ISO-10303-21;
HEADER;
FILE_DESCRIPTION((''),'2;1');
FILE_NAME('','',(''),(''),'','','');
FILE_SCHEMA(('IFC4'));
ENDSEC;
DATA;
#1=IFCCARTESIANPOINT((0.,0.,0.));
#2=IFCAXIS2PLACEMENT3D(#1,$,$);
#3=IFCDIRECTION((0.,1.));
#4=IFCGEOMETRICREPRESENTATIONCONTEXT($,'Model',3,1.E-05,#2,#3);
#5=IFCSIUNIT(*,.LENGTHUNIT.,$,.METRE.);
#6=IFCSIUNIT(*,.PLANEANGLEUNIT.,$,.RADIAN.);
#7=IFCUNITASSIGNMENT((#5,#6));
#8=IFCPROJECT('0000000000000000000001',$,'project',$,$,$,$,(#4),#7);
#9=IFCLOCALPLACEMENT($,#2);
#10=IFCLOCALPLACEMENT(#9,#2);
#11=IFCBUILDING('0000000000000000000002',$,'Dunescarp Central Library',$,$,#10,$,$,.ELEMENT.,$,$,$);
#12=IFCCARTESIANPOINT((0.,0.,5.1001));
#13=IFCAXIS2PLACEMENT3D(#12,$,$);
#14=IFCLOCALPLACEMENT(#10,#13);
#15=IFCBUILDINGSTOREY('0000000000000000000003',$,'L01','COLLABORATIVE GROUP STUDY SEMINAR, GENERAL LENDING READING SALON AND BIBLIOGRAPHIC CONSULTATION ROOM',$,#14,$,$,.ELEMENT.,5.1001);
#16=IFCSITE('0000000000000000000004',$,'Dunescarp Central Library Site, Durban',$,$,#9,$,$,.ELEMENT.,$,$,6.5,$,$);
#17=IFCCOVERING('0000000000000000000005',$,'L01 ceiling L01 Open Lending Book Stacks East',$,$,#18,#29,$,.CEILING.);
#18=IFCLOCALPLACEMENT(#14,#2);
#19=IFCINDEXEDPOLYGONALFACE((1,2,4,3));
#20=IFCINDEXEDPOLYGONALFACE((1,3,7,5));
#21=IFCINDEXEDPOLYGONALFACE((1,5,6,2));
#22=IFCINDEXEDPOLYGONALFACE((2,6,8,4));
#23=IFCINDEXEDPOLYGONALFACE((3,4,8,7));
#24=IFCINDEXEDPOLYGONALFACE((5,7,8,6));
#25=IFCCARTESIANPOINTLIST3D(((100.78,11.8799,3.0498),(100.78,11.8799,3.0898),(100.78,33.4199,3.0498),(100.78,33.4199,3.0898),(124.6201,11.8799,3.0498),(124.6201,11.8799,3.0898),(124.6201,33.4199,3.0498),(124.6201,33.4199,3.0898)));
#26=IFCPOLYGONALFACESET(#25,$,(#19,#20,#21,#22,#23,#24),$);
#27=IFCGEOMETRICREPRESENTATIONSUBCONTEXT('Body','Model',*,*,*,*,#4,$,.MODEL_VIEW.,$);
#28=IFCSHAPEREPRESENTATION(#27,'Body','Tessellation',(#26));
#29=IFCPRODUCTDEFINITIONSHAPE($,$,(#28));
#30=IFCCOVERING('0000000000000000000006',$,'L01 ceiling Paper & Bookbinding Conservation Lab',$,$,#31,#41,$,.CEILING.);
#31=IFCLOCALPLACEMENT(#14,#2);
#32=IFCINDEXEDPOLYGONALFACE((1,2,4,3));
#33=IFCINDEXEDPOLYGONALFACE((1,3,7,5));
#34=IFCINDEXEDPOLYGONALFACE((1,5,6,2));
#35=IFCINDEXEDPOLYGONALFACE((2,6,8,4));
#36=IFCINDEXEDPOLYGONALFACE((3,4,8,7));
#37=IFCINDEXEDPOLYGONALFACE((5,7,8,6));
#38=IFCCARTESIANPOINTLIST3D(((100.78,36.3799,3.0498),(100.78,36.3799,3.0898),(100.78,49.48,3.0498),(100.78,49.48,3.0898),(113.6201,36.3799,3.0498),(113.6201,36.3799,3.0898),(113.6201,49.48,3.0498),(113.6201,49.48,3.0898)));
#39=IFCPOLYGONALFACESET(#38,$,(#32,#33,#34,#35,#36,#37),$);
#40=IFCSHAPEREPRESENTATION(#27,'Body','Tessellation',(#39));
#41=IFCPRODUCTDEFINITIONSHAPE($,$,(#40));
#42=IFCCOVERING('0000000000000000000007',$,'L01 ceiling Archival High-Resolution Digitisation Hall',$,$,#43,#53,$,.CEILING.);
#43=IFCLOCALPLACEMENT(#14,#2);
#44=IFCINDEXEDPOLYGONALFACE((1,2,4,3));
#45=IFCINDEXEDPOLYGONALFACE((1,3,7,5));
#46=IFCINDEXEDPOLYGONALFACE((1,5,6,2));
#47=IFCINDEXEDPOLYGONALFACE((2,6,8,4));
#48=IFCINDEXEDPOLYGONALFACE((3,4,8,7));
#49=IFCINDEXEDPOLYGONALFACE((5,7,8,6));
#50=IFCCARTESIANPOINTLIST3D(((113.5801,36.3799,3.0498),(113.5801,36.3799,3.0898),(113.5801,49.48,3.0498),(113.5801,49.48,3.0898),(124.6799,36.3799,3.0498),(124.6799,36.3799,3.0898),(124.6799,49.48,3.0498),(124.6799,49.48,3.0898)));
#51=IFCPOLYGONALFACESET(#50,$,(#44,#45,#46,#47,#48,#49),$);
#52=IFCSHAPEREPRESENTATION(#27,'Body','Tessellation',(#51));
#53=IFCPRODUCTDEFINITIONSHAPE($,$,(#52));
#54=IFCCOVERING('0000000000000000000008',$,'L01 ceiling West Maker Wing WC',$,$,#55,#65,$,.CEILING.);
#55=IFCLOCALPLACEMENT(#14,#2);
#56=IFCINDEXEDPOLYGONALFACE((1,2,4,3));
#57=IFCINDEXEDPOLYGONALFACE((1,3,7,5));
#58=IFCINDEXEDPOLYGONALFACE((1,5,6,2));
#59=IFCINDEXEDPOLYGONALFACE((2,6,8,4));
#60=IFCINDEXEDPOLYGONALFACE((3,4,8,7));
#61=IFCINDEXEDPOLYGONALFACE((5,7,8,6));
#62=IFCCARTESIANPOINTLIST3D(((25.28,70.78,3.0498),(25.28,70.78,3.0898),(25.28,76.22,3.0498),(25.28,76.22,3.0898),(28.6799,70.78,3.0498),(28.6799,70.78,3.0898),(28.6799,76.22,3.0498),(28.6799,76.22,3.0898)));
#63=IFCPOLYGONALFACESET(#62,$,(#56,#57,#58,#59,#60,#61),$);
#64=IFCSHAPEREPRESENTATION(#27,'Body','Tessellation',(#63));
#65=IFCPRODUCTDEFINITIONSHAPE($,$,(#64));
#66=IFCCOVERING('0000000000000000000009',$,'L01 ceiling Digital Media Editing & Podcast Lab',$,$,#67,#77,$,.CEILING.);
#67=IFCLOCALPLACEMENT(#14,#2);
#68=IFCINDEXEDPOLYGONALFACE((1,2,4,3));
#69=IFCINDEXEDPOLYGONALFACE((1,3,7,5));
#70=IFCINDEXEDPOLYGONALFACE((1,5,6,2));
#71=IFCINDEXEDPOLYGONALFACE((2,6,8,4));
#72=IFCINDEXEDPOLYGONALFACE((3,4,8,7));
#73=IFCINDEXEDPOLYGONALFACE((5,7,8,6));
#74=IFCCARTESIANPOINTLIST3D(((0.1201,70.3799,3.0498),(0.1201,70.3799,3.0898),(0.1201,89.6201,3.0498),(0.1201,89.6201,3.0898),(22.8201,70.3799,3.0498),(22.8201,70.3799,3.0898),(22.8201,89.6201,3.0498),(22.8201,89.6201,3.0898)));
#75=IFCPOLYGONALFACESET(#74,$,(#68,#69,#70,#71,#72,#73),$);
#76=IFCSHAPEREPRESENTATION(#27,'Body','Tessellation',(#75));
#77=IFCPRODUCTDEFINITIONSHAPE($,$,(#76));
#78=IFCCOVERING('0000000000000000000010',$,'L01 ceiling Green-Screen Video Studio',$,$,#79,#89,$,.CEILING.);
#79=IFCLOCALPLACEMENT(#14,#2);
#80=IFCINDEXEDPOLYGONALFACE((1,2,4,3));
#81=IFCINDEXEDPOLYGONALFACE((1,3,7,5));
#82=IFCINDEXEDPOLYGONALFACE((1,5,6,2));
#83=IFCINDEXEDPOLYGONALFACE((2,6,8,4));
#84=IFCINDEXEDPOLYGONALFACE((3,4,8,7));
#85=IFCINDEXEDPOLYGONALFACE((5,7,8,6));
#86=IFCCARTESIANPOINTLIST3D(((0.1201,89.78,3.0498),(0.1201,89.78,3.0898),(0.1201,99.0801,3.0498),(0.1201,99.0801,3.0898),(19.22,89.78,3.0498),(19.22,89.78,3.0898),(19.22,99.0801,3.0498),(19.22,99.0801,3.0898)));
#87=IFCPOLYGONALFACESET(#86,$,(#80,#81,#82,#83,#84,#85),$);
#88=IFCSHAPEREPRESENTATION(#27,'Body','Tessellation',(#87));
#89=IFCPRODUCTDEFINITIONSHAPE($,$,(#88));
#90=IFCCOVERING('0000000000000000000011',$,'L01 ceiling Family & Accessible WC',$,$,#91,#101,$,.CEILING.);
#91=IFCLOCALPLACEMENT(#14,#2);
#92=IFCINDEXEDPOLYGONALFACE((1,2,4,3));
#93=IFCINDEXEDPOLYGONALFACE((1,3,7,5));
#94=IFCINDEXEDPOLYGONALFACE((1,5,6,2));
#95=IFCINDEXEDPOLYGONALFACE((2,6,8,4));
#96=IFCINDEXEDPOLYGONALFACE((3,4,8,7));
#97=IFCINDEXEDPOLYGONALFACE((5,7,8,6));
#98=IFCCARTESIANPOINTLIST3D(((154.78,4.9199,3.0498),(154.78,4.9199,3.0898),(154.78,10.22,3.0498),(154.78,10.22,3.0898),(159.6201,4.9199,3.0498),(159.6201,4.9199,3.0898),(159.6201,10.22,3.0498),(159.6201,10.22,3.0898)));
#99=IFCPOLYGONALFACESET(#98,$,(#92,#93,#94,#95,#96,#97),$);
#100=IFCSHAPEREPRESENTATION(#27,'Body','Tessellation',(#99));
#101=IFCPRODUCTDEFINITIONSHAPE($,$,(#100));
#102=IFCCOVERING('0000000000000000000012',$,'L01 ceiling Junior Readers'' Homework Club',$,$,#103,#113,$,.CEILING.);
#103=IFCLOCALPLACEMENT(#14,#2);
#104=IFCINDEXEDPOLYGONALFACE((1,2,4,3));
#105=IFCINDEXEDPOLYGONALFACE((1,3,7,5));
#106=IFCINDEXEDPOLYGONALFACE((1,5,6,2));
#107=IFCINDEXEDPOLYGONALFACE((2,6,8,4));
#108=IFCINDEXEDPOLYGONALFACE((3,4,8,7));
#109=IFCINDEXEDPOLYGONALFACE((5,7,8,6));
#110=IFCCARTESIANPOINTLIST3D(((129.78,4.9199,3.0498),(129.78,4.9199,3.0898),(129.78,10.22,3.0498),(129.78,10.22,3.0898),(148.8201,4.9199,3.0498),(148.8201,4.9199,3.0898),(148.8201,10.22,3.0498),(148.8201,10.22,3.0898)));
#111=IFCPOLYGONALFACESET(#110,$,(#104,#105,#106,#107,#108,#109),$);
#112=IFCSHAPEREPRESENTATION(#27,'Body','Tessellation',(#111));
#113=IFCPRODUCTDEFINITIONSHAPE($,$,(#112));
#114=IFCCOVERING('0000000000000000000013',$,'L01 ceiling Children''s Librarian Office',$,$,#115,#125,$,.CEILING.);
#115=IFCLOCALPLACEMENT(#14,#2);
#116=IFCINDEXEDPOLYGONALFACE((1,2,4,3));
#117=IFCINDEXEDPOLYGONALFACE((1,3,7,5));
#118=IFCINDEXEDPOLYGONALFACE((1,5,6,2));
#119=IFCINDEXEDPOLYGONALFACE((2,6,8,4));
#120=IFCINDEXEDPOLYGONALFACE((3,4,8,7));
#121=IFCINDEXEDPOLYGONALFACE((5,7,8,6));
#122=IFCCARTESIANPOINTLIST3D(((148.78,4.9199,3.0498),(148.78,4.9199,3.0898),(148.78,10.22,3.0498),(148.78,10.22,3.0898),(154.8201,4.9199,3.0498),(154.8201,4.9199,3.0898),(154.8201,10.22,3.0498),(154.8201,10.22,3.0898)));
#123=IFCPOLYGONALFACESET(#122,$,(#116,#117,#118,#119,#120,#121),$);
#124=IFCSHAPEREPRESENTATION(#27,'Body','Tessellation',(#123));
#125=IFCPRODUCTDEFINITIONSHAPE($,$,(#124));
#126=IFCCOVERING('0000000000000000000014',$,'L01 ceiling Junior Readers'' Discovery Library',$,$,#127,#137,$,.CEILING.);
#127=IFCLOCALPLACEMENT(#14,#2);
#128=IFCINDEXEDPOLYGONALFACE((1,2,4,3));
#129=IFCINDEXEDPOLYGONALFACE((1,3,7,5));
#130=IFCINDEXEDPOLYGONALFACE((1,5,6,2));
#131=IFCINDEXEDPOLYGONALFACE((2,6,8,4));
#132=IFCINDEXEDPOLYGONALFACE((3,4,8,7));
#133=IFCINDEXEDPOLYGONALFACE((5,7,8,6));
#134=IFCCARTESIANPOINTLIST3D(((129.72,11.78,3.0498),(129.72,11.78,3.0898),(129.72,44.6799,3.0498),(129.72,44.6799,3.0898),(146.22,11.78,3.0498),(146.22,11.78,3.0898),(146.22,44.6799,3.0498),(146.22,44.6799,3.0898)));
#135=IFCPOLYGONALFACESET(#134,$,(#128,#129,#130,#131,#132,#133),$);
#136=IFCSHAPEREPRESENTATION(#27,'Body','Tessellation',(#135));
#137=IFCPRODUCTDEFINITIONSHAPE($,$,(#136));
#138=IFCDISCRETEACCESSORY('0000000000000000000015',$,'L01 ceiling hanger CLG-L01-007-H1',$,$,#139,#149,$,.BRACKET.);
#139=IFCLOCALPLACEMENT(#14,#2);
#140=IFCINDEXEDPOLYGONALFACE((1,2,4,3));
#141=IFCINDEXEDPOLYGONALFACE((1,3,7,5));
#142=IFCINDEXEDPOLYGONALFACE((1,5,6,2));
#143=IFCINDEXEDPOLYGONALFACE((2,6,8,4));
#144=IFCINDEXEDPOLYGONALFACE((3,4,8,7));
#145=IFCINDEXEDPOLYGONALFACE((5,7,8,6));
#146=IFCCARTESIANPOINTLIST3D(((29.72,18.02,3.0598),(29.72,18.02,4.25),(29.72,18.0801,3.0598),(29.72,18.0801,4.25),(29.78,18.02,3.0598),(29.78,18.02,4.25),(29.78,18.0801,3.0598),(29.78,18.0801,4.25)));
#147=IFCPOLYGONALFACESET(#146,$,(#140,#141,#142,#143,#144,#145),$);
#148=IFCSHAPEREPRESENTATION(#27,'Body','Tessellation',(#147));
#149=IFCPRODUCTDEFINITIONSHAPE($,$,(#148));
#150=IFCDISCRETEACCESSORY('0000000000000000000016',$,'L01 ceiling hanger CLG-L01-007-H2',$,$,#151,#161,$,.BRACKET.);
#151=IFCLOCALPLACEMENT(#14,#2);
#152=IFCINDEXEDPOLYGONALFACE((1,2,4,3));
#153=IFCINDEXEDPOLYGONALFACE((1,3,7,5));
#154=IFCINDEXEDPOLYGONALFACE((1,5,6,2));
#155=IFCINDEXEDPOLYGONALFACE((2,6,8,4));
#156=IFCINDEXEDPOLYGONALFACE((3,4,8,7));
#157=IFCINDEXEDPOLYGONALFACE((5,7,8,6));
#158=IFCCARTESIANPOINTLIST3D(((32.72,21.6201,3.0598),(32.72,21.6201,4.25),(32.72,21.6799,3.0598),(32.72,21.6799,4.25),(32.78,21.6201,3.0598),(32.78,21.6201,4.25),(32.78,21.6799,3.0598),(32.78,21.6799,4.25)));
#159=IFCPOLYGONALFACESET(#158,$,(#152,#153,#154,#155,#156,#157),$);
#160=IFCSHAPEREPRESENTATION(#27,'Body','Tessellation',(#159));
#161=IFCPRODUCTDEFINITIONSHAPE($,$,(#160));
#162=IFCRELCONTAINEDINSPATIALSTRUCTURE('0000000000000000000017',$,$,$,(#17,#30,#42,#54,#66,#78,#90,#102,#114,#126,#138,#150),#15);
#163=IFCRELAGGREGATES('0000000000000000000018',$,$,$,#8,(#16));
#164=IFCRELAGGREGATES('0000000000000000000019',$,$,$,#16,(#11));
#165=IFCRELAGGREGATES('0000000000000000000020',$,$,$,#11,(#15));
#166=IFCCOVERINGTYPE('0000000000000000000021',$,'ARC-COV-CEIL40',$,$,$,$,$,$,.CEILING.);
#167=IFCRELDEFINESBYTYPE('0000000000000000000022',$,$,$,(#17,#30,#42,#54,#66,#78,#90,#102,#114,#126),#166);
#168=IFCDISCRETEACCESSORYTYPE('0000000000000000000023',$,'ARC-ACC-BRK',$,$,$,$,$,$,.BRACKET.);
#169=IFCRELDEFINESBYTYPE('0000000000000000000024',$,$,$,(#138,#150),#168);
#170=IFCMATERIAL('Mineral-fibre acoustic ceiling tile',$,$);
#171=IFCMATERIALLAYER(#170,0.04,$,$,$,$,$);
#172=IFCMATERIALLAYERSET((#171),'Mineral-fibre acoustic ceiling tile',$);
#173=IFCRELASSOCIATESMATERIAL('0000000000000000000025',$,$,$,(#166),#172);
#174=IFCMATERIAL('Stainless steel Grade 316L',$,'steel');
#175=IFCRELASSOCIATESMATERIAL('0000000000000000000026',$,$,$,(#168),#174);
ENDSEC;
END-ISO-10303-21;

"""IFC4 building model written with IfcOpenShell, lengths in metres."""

from ifc_helpers import new_model, si_unit, direction, frame, origin, place, context, subcontext, project, spatial, polyline, outline, extrude, material, layer, layer_set, type_object, element, save


model = new_model("IFC4")

# Units and contexts
model_context = context("Model", 3, precision=1e-05, world=origin(), true_north=direction((0.0, 1.0)))
body_context = subcontext(model_context, "Body", "Model", "MODEL_VIEW")
ifc_project = project(units=[si_unit("LENGTHUNIT", "METRE"), si_unit("PLANEANGLEUNIT", "RADIAN")], contexts=[model_context])

# Site, building, storey
site_placement = place(None, origin())
site = spatial("IfcSite", under=ifc_project, at=site_placement, Name="Dunescarp Central Library Site, Durban", CompositionType="ELEMENT", RefElevation=6.5)
building_placement = place(site_placement, origin())
building = spatial("IfcBuilding", under=site, at=building_placement, Name="Dunescarp Central Library", CompositionType="ELEMENT")
storey_placement = place(building_placement, frame((0.0, 0.0, 5.1001)))
storey = spatial("IfcBuildingStorey", under=building, at=storey_placement, Name="L01", Description="COLLABORATIVE GROUP STUDY SEMINAR, GENERAL LENDING READING SALON AND BIBLIOGRAPHIC CONSULTATION ROOM", CompositionType="ELEMENT", Elevation=5.1001)

# Coverings
ifc_material_1 = material(Name="Mineral-fibre acoustic ceiling tile")
ifc_layer_1 = layer(ifc_material_1, 0.04)
ifc_layer_set_1 = layer_set([ifc_layer_1], Name="Mineral-fibre acoustic ceiling tile")
covering_type_1 = type_object("IfcCoveringType", Name="ARC-COV-CEIL40", PredefinedType="CEILING", material=ifc_layer_set_1)
covering_1_placement = place(storey_placement, frame((0.0, 0.0, 3.0498)))
element("IfcCovering", 1, at=covering_1_placement, inside=storey, type_object=covering_type_1, Name="L01 ceiling L01 Open Lending Book Stacks East", PredefinedType="CEILING", context=body_context, shape_type="SweptSolid", body=[
    extrude(outline(polyline([(100.78, 11.8799), (124.6201, 11.8799), (124.6201, 33.4199), (100.78, 33.4199), (100.78, 11.8799)])), origin(), (0.0, 0.0, 1.0), 0.04),
])
covering_2_placement = place(storey_placement, frame((0.0, 0.0, 3.0498)))
element("IfcCovering", 2, at=covering_2_placement, inside=storey, type_object=covering_type_1, Name="L01 ceiling Paper & Bookbinding Conservation Lab", PredefinedType="CEILING", context=body_context, shape_type="SweptSolid", body=[
    extrude(outline(polyline([(100.78, 36.3799), (113.6201, 36.3799), (113.6201, 49.48), (100.78, 49.48), (100.78, 36.3799)])), origin(), (0.0, 0.0, 1.0), 0.04),
])
covering_3_placement = place(storey_placement, frame((0.0, 0.0, 3.0498)))
element("IfcCovering", 3, at=covering_3_placement, inside=storey, type_object=covering_type_1, Name="L01 ceiling Archival High-Resolution Digitisation Hall", PredefinedType="CEILING", context=body_context, shape_type="SweptSolid", body=[
    extrude(outline(polyline([(113.5801, 36.3799), (124.6799, 36.3799), (124.6799, 49.48), (113.5801, 49.48), (113.5801, 36.3799)])), origin(), (0.0, 0.0, 1.0), 0.04),
])
covering_4_placement = place(storey_placement, frame((0.0, 0.0, 3.0498)))
element("IfcCovering", 4, at=covering_4_placement, inside=storey, type_object=covering_type_1, Name="L01 ceiling West Maker Wing WC", PredefinedType="CEILING", context=body_context, shape_type="SweptSolid", body=[
    extrude(outline(polyline([(25.28, 70.78), (28.6799, 70.78), (28.6799, 76.22), (25.28, 76.22), (25.28, 70.78)])), origin(), (0.0, 0.0, 1.0), 0.04),
])
covering_5_placement = place(storey_placement, frame((0.0, 0.0, 3.0498)))
element("IfcCovering", 5, at=covering_5_placement, inside=storey, type_object=covering_type_1, Name="L01 ceiling Digital Media Editing & Podcast Lab", PredefinedType="CEILING", context=body_context, shape_type="SweptSolid", body=[
    extrude(outline(polyline([(0.1201, 70.3799), (22.8201, 70.3799), (22.8201, 89.6201), (0.1201, 89.6201), (0.1201, 70.3799)])), origin(), (0.0, 0.0, 1.0), 0.04),
])
covering_6_placement = place(storey_placement, frame((0.0, 0.0, 3.0498)))
element("IfcCovering", 6, at=covering_6_placement, inside=storey, type_object=covering_type_1, Name="L01 ceiling Green-Screen Video Studio", PredefinedType="CEILING", context=body_context, shape_type="SweptSolid", body=[
    extrude(outline(polyline([(0.1201, 89.78), (19.22, 89.78), (19.22, 99.0801), (0.1201, 99.0801), (0.1201, 89.78)])), origin(), (0.0, 0.0, 1.0), 0.04),
])
covering_7_placement = place(storey_placement, frame((0.0, 0.0, 3.0498)))
element("IfcCovering", 7, at=covering_7_placement, inside=storey, type_object=covering_type_1, Name="L01 ceiling Family & Accessible WC", PredefinedType="CEILING", context=body_context, shape_type="SweptSolid", body=[
    extrude(outline(polyline([(154.78, 4.9199), (159.6201, 4.9199), (159.6201, 10.22), (154.78, 10.22), (154.78, 4.9199)])), origin(), (0.0, 0.0, 1.0), 0.04),
])
covering_8_placement = place(storey_placement, frame((0.0, 0.0, 3.0498)))
element("IfcCovering", 8, at=covering_8_placement, inside=storey, type_object=covering_type_1, Name="L01 ceiling Junior Readers' Homework Club", PredefinedType="CEILING", context=body_context, shape_type="SweptSolid", body=[
    extrude(outline(polyline([(129.78, 4.9199), (148.8201, 4.9199), (148.8201, 10.22), (129.78, 10.22), (129.78, 4.9199)])), origin(), (0.0, 0.0, 1.0), 0.04),
])
covering_9_placement = place(storey_placement, frame((0.0, 0.0, 3.0498)))
element("IfcCovering", 9, at=covering_9_placement, inside=storey, type_object=covering_type_1, Name="L01 ceiling Children's Librarian Office", PredefinedType="CEILING", context=body_context, shape_type="SweptSolid", body=[
    extrude(outline(polyline([(148.78, 4.9199), (154.8201, 4.9199), (154.8201, 10.22), (148.78, 10.22), (148.78, 4.9199)])), origin(), (0.0, 0.0, 1.0), 0.04),
])
covering_10_placement = place(storey_placement, frame((0.0, 0.0, 3.0498)))
element("IfcCovering", 10, at=covering_10_placement, inside=storey, type_object=covering_type_1, Name="L01 ceiling Junior Readers' Discovery Library", PredefinedType="CEILING", context=body_context, shape_type="SweptSolid", body=[
    extrude(outline(polyline([(129.72, 11.78), (146.22, 11.78), (146.22, 44.6799), (129.72, 44.6799), (129.72, 11.78)])), origin(), (0.0, 0.0, 1.0), 0.04),
])

# Discrete accessories
ifc_material_2 = material(Name="Stainless steel Grade 316L", Category="steel")
discrete_accessory_type = type_object("IfcDiscreteAccessoryType", Name="ARC-ACC-BRK", PredefinedType="BRACKET", material=ifc_material_2)
discrete_accessory_1_placement = place(storey_placement, frame((0.0, 0.0, 3.0598)))
element("IfcDiscreteAccessory", 11, at=discrete_accessory_1_placement, inside=storey, type_object=discrete_accessory_type, Name="L01 ceiling hanger CLG-L01-007-H1", PredefinedType="BRACKET", context=body_context, shape_type="SweptSolid", body=[
    extrude(outline(polyline([(29.72, 18.02), (29.78, 18.02), (29.78, 18.0801), (29.72, 18.0801), (29.72, 18.02)])), origin(), (0.0, 0.0, 1.0), 1.1902),
])
discrete_accessory_2_placement = place(storey_placement, frame((0.0, 0.0, 3.0598)))
element("IfcDiscreteAccessory", 12, at=discrete_accessory_2_placement, inside=storey, type_object=discrete_accessory_type, Name="L01 ceiling hanger CLG-L01-007-H2", PredefinedType="BRACKET", context=body_context, shape_type="SweptSolid", body=[
    extrude(outline(polyline([(32.72, 21.6201), (32.78, 21.6201), (32.78, 21.6799), (32.72, 21.6799), (32.72, 21.6201)])), origin(), (0.0, 0.0, 1.0), 1.1902),
])

save(model, "model.ifc")
